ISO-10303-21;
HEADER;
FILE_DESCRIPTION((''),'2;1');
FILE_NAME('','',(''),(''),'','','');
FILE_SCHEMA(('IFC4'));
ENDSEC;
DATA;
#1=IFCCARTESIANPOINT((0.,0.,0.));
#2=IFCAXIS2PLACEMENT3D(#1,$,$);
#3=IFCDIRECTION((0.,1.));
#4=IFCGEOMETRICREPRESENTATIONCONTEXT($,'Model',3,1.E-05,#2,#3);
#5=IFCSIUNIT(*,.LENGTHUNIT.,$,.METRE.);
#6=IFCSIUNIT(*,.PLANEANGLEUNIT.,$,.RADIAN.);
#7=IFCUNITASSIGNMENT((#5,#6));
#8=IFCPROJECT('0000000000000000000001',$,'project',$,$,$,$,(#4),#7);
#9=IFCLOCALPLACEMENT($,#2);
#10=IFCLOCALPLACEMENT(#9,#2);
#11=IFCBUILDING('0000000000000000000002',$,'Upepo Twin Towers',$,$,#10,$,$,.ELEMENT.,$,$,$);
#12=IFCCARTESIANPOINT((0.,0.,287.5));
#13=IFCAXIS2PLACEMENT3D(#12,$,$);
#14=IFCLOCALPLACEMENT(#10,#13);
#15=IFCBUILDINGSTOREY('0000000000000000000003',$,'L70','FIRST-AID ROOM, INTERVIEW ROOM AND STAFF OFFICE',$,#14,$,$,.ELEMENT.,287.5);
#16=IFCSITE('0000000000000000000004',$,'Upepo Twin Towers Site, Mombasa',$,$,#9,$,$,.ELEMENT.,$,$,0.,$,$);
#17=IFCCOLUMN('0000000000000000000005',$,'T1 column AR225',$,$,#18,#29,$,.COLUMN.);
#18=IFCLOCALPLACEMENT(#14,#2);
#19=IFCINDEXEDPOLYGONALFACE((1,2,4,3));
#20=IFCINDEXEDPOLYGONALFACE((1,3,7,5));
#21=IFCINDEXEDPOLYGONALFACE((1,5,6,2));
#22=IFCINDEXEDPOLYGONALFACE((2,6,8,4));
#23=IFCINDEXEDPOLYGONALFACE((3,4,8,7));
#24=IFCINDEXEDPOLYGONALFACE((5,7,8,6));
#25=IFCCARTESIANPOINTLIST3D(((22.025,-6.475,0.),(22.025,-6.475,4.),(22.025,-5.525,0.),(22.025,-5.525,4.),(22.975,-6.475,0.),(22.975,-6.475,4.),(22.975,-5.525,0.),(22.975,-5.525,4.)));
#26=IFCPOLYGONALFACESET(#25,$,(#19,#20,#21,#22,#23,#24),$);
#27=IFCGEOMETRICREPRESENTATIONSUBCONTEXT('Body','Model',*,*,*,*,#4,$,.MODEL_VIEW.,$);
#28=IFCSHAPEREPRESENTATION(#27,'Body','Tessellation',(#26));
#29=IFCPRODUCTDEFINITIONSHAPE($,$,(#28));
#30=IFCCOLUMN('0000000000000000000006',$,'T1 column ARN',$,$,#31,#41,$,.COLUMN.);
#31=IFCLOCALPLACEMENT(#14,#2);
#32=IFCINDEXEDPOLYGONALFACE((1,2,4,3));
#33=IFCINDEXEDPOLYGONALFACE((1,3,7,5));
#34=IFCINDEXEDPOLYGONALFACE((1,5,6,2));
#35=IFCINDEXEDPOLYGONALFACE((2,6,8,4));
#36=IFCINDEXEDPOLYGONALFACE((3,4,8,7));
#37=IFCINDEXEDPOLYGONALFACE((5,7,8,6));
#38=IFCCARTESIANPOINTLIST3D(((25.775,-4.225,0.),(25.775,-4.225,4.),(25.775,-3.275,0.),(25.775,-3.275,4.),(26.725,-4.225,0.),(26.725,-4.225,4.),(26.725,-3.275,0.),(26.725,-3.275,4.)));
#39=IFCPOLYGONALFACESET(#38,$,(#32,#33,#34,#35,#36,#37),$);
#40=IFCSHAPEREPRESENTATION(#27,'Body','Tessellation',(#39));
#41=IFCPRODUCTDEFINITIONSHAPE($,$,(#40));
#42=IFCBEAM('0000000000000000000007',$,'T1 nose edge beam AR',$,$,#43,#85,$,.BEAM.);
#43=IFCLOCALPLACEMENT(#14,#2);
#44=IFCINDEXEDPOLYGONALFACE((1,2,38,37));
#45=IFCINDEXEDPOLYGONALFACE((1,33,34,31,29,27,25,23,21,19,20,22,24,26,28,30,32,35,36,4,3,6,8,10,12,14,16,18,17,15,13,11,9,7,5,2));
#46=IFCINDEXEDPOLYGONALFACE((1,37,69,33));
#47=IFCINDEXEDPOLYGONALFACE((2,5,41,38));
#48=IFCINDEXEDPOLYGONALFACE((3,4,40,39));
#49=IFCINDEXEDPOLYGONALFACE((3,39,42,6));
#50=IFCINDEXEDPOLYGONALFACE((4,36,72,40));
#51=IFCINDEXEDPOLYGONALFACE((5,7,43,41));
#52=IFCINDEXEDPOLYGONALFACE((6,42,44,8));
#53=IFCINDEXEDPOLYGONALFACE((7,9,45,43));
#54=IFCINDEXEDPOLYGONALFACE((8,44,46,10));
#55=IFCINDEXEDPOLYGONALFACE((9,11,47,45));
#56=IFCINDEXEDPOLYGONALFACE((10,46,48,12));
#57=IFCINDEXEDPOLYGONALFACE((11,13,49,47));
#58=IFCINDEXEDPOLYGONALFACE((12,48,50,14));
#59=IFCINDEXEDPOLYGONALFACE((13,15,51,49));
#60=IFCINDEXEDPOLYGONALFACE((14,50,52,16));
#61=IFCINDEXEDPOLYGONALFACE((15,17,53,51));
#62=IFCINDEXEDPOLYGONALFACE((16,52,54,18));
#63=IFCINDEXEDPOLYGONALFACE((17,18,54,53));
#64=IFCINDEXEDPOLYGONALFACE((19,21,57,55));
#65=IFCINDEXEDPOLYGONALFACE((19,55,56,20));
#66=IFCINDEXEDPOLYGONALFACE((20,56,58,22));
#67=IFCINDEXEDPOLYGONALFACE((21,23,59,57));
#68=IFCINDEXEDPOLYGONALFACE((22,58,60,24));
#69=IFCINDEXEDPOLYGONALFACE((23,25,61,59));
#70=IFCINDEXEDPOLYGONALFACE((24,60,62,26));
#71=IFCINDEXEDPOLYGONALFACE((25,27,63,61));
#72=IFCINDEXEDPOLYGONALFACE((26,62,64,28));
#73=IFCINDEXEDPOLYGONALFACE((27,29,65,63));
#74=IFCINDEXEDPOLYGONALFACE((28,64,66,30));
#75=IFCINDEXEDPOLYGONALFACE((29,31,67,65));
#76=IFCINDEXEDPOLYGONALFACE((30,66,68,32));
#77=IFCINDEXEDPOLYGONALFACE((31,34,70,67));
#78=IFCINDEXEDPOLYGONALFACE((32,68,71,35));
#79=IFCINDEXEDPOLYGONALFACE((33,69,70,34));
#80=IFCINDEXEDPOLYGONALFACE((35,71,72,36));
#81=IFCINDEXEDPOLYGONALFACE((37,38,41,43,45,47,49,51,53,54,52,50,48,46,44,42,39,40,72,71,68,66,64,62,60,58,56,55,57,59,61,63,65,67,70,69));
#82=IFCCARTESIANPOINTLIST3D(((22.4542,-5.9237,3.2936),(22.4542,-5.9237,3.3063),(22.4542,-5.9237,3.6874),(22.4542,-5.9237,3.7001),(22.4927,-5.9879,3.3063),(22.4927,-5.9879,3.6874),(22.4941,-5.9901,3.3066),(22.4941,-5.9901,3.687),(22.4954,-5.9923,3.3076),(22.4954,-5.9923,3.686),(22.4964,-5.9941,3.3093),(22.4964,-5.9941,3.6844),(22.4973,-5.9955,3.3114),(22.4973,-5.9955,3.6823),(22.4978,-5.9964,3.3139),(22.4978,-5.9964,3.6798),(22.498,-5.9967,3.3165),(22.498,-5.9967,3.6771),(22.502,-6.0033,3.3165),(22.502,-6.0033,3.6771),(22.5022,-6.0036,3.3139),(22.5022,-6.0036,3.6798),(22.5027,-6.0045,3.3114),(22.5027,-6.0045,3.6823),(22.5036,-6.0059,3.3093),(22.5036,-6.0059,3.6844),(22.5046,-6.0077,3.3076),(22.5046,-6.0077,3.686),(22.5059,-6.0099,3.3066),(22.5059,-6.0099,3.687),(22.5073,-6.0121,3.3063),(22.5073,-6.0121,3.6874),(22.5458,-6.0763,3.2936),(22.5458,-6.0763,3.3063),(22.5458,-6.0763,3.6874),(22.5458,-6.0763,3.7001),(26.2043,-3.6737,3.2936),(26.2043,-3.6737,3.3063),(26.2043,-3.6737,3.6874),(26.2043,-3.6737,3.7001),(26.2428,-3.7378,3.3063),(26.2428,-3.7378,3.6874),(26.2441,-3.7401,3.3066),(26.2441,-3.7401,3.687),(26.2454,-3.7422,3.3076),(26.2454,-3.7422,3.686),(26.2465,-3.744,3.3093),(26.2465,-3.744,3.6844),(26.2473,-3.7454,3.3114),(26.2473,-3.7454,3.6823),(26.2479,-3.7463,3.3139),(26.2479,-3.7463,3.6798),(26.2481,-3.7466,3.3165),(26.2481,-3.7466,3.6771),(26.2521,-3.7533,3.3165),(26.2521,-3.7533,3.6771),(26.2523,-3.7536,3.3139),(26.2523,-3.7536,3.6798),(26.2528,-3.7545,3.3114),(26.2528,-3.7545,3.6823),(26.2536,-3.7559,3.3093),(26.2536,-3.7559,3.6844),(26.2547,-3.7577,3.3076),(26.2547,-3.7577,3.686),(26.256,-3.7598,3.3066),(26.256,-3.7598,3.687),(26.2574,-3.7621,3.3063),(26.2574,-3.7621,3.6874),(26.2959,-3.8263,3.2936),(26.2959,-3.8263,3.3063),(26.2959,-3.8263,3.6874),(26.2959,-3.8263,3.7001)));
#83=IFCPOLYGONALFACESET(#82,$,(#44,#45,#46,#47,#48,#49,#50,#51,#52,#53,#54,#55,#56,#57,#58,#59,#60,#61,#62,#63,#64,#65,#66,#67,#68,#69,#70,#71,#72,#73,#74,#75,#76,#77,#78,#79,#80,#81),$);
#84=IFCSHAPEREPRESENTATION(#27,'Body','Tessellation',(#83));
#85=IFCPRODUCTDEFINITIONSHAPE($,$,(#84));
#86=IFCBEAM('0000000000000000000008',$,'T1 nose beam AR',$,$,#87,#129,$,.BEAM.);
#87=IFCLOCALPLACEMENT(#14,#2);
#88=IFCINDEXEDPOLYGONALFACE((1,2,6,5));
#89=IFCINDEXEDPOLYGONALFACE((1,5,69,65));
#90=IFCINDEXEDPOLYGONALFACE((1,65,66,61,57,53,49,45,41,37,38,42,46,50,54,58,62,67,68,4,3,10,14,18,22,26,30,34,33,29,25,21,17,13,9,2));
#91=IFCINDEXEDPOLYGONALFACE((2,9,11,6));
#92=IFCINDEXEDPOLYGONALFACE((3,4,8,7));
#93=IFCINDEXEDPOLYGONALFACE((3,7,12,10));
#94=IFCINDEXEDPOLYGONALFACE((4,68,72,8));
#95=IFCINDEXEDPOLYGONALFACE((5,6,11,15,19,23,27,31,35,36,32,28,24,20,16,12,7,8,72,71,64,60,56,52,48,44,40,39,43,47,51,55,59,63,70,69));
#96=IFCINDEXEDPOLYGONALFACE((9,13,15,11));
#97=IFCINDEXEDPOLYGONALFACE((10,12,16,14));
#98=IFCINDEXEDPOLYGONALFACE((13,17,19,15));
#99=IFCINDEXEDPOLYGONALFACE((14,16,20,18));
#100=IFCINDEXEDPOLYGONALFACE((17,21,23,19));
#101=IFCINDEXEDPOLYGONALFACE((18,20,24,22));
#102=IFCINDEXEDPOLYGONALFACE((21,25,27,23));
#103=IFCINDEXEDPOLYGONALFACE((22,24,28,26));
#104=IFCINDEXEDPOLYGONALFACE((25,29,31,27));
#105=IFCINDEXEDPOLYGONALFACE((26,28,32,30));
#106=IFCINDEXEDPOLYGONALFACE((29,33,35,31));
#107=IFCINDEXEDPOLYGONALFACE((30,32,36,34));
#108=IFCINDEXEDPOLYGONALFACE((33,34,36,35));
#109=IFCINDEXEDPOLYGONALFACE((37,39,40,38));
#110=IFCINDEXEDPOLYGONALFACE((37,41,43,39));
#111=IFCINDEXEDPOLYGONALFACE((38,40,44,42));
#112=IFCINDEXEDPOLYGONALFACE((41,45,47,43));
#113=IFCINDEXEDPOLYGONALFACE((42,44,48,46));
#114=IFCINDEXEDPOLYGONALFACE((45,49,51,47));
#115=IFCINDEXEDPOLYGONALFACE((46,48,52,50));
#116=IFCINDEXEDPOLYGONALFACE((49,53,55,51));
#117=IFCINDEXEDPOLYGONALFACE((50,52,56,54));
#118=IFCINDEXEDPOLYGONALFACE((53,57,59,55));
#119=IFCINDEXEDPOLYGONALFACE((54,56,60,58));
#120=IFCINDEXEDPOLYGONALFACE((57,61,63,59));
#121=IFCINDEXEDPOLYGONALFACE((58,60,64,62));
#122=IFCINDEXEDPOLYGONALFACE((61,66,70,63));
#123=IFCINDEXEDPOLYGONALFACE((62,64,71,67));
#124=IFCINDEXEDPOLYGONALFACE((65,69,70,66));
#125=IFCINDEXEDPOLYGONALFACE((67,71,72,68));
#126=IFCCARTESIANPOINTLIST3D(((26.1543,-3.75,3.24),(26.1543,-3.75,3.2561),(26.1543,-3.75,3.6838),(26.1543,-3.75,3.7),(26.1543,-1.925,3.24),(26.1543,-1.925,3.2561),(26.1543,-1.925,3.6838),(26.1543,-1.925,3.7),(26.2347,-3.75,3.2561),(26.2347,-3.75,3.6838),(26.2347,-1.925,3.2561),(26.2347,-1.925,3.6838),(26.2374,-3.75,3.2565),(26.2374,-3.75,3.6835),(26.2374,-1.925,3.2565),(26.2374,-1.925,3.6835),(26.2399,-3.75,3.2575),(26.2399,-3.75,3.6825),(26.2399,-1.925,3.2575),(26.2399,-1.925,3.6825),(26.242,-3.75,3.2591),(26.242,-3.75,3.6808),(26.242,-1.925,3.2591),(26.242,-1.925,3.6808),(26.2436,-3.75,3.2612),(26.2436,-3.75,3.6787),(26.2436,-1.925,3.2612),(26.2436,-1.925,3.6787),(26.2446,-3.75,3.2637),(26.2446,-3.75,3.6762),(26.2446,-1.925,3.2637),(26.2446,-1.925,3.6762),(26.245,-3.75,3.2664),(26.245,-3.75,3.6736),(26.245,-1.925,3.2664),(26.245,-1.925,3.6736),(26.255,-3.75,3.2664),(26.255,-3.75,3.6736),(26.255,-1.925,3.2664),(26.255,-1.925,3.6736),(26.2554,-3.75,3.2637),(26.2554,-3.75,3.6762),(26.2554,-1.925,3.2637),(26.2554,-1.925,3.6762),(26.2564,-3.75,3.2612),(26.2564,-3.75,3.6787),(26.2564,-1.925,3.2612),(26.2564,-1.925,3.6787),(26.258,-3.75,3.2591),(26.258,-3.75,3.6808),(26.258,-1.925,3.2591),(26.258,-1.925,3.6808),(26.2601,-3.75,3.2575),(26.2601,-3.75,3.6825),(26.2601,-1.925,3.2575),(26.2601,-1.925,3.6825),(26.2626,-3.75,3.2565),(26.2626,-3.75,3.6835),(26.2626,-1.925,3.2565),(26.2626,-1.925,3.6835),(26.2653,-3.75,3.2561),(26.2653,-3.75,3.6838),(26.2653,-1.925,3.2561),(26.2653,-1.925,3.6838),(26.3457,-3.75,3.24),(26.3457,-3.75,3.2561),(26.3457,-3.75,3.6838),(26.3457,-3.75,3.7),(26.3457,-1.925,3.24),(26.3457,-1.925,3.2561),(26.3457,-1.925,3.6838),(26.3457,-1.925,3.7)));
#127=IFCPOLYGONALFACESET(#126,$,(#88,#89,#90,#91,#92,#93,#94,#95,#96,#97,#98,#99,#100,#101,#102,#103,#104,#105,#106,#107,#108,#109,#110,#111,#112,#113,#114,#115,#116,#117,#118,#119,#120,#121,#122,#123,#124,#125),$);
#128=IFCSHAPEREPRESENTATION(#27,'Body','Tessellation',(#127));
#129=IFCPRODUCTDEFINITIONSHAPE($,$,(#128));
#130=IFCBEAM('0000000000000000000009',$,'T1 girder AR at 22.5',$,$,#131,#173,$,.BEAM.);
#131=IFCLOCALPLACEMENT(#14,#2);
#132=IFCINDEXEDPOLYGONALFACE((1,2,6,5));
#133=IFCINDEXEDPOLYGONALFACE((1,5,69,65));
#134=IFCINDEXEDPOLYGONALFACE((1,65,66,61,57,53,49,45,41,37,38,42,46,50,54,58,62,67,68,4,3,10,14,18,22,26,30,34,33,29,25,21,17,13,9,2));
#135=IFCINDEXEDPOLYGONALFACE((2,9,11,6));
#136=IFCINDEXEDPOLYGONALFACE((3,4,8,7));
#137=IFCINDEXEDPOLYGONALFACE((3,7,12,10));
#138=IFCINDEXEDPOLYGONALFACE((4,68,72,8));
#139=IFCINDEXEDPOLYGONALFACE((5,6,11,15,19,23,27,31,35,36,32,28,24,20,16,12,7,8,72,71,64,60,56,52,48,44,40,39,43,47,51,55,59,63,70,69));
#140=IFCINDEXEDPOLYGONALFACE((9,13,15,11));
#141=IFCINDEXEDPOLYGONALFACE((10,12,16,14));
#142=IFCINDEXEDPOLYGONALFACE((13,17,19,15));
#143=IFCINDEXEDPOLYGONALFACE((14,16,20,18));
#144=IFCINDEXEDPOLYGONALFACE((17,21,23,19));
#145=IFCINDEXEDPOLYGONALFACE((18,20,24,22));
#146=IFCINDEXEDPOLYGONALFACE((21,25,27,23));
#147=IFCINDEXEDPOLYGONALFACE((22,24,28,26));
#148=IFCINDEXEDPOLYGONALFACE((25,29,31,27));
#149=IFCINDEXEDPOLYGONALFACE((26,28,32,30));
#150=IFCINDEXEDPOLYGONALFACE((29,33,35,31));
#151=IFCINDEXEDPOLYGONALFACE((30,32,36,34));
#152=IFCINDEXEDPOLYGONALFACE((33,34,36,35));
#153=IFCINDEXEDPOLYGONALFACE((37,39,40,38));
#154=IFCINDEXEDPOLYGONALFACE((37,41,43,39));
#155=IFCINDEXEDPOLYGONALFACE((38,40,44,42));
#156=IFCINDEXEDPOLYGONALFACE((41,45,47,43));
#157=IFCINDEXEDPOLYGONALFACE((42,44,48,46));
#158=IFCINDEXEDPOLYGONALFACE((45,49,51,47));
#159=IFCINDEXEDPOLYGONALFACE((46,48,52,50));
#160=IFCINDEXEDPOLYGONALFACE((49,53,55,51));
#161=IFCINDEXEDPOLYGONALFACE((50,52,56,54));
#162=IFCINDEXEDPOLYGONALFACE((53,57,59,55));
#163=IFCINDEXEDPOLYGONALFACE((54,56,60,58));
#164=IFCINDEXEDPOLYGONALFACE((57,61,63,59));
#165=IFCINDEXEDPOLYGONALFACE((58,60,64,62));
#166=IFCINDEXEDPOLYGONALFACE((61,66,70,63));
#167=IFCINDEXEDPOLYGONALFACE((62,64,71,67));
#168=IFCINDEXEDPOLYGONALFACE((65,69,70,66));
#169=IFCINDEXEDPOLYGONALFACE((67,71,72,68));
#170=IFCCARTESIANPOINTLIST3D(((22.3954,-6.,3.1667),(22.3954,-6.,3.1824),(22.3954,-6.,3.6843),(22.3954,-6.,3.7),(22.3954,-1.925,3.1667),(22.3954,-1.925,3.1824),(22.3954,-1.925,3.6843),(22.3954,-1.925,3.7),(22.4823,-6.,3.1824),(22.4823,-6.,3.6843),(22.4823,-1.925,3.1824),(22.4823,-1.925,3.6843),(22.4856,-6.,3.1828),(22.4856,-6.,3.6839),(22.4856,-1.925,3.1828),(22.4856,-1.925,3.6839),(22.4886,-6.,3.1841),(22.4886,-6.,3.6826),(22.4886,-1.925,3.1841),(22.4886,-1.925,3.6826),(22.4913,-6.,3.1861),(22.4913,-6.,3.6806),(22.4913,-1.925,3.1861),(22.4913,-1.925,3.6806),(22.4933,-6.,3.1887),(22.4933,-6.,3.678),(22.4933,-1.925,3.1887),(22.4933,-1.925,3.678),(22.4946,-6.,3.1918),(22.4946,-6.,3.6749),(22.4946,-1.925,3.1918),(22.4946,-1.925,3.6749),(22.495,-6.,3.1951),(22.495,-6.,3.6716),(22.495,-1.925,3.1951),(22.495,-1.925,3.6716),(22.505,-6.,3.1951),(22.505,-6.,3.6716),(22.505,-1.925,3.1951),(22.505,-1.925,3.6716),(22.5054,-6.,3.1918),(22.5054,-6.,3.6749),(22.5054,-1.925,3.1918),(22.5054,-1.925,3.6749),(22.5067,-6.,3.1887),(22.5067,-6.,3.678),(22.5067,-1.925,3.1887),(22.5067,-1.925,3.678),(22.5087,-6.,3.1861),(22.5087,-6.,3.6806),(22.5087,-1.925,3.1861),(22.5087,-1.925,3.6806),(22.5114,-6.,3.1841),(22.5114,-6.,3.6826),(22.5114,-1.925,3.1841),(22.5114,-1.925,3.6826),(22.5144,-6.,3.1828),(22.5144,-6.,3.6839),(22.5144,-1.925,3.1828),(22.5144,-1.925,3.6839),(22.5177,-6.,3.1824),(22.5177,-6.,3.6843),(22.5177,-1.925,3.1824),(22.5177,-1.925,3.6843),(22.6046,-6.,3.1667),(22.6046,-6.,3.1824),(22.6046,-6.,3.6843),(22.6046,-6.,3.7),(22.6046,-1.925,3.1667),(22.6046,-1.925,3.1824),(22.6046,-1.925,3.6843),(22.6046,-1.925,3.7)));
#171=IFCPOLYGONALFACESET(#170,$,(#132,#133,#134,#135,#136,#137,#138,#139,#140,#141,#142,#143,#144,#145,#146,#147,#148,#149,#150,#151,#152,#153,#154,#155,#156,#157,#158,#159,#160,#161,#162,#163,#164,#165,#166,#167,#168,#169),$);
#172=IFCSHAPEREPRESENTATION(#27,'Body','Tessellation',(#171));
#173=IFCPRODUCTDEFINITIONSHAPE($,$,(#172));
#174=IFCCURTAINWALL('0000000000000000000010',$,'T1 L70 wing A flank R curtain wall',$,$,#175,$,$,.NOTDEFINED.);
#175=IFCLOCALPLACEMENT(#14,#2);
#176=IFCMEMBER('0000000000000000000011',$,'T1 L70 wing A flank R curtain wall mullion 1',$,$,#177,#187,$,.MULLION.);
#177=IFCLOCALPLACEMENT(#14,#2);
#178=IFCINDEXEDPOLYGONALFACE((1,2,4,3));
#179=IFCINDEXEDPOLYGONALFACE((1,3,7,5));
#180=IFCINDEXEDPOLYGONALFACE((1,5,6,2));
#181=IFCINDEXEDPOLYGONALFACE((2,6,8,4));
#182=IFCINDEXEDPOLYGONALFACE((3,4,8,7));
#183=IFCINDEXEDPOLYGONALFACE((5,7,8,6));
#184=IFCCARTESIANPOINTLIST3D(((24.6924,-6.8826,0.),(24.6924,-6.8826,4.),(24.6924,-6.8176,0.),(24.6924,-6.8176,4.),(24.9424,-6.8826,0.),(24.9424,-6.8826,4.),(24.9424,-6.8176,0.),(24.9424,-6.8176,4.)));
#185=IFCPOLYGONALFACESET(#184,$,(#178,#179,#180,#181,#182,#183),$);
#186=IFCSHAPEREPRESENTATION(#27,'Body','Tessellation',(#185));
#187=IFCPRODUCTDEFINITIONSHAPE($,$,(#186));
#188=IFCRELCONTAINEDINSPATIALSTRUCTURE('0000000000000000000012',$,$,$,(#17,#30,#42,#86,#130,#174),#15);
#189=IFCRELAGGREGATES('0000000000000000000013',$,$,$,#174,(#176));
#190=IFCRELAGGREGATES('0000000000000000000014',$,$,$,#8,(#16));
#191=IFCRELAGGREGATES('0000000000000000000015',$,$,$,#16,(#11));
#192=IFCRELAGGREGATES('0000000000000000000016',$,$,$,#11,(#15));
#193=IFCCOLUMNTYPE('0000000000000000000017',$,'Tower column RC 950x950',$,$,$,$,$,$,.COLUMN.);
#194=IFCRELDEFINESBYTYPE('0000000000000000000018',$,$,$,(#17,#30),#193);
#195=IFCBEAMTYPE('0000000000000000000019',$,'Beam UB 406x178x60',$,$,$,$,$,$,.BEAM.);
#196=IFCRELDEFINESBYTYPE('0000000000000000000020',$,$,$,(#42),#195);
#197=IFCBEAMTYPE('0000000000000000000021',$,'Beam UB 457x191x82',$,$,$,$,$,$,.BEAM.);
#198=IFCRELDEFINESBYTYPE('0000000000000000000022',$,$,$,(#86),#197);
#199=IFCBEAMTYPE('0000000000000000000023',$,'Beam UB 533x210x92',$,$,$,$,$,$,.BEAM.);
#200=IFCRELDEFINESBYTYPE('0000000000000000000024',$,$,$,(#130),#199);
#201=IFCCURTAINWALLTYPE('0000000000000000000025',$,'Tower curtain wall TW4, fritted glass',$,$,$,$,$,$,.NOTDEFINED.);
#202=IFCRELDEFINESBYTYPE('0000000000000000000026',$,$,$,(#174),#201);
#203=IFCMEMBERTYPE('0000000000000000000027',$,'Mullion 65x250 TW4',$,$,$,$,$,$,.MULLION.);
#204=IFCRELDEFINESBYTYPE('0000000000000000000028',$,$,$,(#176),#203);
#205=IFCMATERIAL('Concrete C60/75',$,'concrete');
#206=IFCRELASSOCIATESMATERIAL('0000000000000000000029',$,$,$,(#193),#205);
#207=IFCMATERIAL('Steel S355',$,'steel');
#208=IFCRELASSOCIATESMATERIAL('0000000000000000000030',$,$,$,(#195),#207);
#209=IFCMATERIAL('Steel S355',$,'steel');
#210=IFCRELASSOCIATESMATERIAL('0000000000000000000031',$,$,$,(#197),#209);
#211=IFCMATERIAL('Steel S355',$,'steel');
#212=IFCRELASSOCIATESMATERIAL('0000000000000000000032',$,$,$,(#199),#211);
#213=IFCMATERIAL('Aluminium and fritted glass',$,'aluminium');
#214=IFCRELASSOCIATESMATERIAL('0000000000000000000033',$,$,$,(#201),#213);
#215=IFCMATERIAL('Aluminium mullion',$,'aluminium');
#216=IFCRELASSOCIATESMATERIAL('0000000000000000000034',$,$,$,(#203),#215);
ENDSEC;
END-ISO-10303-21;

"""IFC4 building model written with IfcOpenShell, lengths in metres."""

from ifc_helpers import new_model, si_unit, direction, frame, origin, origin_2d, place, context, subcontext, project, spatial, rectangle, i_section, extrude, material, material_profile, profile_set, type_object, element, aggregate, save


model = new_model("IFC4")

# Units and contexts
model_context = context("Model", 3, precision=1e-05, world=origin(), true_north=direction((0.0, 1.0)))
body_context = subcontext(model_context, "Body", "Model", "MODEL_VIEW")
ifc_project = project(units=[si_unit("LENGTHUNIT", "METRE"), si_unit("PLANEANGLEUNIT", "RADIAN")], contexts=[model_context])

# Site, building, storey
site_placement = place(None, origin())
site = spatial("IfcSite", under=ifc_project, at=site_placement, Name="Upepo Twin Towers Site, Mombasa", CompositionType="ELEMENT", RefElevation=0.0)
building_placement = place(site_placement, origin())
building = spatial("IfcBuilding", under=site, at=building_placement, Name="Upepo Twin Towers", CompositionType="ELEMENT")
storey_placement = place(building_placement, frame((0.0, 0.0, 287.5)))
storey = spatial("IfcBuildingStorey", under=building, at=storey_placement, Name="L70", Description="FIRST-AID ROOM, INTERVIEW ROOM AND STAFF OFFICE", CompositionType="ELEMENT", Elevation=287.5)

# Columns
ifc_material_1 = material(Name="Concrete C60/75", Category="concrete")
ifc_material_profile_1 = material_profile(ifc_material_1, rectangle(XDim=0.95, YDim=0.95, at=origin_2d()), Name="RC 950x950")
ifc_profile_set_1 = profile_set([ifc_material_profile_1], Name="Concrete C60/75")
column_type = type_object("IfcColumnType", Name="Tower column RC 950x950", PredefinedType="COLUMN", material=ifc_profile_set_1)
for number, where, z_axis, x_axis, name in (
    (1, (22.5, -6.0, 0.0), (0.0, 0.0, 1.0), (1.0, 0.0, 0.0), "T1 column AR225"),
    (2, (26.25, -3.75, 0.0), (0.0, 0.0, 1.0), (1.0, 0.0, 0.0), "T1 column ARN"),
):
    element("IfcColumn", number, at=place(storey_placement, frame(where, z_axis=z_axis, x_axis=x_axis)), inside=storey, type_object=column_type, Name=name, PredefinedType="COLUMN", context=body_context, shape_type="SweptSolid", body=[
        extrude(rectangle(XDim=0.95, YDim=0.95, at=origin_2d()), origin(), (0.0, 0.0, 1.0), 4.0),
    ])

# Beams
ifc_material_2 = material(Name="Steel S355", Category="steel")
ifc_material_profile_2 = material_profile(ifc_material_2, i_section(OverallWidth=0.178, OverallDepth=0.4065, WebThickness=0.0078, FlangeThickness=0.0127, FilletRadius=0.0103, at=origin_2d()), Name="UB 406x178x60")
ifc_profile_set_2 = profile_set([ifc_material_profile_2], Name="Steel S355")
beam_type_1 = type_object("IfcBeamType", Name="Beam UB 406x178x60", PredefinedType="BEAM", material=ifc_profile_set_2)
beam_1_placement = place(storey_placement, frame((22.5, -6.0, 3.4968), z_axis=(0.857493, 0.514496, 0.0), x_axis=(-0.514496, 0.857493, 0.0)))
element("IfcBeam", 3, at=beam_1_placement, inside=storey, type_object=beam_type_1, Name="T1 nose edge beam AR", PredefinedType="BEAM", context=body_context, shape_type="SweptSolid", body=[
    extrude(i_section(OverallWidth=0.178, OverallDepth=0.4065, WebThickness=0.0078, FlangeThickness=0.0127, FilletRadius=0.0103, at=origin_2d()), origin(), (0.0, 0.0, 1.0), 4.3733),
])
ifc_material_3 = material(Name="Steel S355", Category="steel")
ifc_material_profile_3 = material_profile(ifc_material_3, i_section(OverallWidth=0.1914, OverallDepth=0.46, WebThickness=0.01, FlangeThickness=0.0161, FilletRadius=0.0103, at=origin_2d()), Name="UB 457x191x82")
ifc_profile_set_3 = profile_set([ifc_material_profile_3], Name="Steel S355")
beam_type_2 = type_object("IfcBeamType", Name="Beam UB 457x191x82", PredefinedType="BEAM", material=ifc_profile_set_3)
beam_2_placement = place(storey_placement, frame((26.25, -3.75, 3.47), z_axis=(0.0, 1.0, 0.0), x_axis=(-1.0, 0.0, 0.0)))
element("IfcBeam", 4, at=beam_2_placement, inside=storey, type_object=beam_type_2, Name="T1 nose beam AR", PredefinedType="BEAM", context=body_context, shape_type="SweptSolid", body=[
    extrude(i_section(OverallWidth=0.1914, OverallDepth=0.46, WebThickness=0.01, FlangeThickness=0.0161, FilletRadius=0.0103, at=origin_2d()), origin(), (0.0, 0.0, 1.0), 1.825),
])
ifc_material_4 = material(Name="Steel S355", Category="steel")
ifc_material_profile_4 = material_profile(ifc_material_4, i_section(OverallWidth=0.2092, OverallDepth=0.5332, WebThickness=0.01, FlangeThickness=0.0156, FilletRadius=0.0127, at=origin_2d()), Name="UB 533x210x92")
ifc_profile_set_4 = profile_set([ifc_material_profile_4], Name="Steel S355")
beam_type_3 = type_object("IfcBeamType", Name="Beam UB 533x210x92", PredefinedType="BEAM", material=ifc_profile_set_4)
beam_3_placement = place(storey_placement, frame((22.5, -6.0, 3.4333), z_axis=(0.0, 1.0, 0.0), x_axis=(-1.0, 0.0, 0.0)))
element("IfcBeam", 5, at=beam_3_placement, inside=storey, type_object=beam_type_3, Name="T1 girder AR at 22.5", PredefinedType="BEAM", context=body_context, shape_type="SweptSolid", body=[
    extrude(i_section(OverallWidth=0.2092, OverallDepth=0.5332, WebThickness=0.01, FlangeThickness=0.0156, FilletRadius=0.0127, at=origin_2d()), origin(), (0.0, 0.0, 1.0), 4.075),
])

# Curtain wall, member
ifc_material_5 = material(Name="Aluminium and fritted glass", Category="aluminium")
curtain_wall_type = type_object("IfcCurtainWallType", Name="Tower curtain wall TW4, fritted glass", PredefinedType="NOTDEFINED", material=ifc_material_5)
curtain_wall_1_placement = place(storey_placement, origin())
curtain_wall_1 = element("IfcCurtainWall", 6, at=curtain_wall_1_placement, inside=storey, type_object=curtain_wall_type, Name="T1 L70 wing A flank R curtain wall", PredefinedType="NOTDEFINED")
ifc_material_6 = material(Name="Aluminium mullion", Category="aluminium")
ifc_material_profile_5 = material_profile(ifc_material_6, rectangle(XDim=0.0649, YDim=0.25, at=origin_2d()), Name="MULLION 65x250")
ifc_profile_set_5 = profile_set([ifc_material_profile_5], Name="Aluminium mullion")
member_type_1 = type_object("IfcMemberType", Name="Mullion 65x250 TW4", PredefinedType="MULLION", material=ifc_profile_set_5)
member_1_placement = place(storey_placement, frame((24.8174, -6.8501, 0.0), z_axis=(0.0, 0.0, 1.0), x_axis=(0.0, -1.0, 0.0)))
member_1 = element("IfcMember", 7, at=member_1_placement, type_object=member_type_1, Name="T1 L70 wing A flank R curtain wall mullion 1", PredefinedType="MULLION", context=body_context, shape_type="SweptSolid", body=[
    extrude(rectangle(XDim=0.0649, YDim=0.25, at=origin_2d()), origin(), (0.0, 0.0, 1.0), 4.0),
])

aggregate(curtain_wall_1, [member_1])

save(model, "model.ifc")
